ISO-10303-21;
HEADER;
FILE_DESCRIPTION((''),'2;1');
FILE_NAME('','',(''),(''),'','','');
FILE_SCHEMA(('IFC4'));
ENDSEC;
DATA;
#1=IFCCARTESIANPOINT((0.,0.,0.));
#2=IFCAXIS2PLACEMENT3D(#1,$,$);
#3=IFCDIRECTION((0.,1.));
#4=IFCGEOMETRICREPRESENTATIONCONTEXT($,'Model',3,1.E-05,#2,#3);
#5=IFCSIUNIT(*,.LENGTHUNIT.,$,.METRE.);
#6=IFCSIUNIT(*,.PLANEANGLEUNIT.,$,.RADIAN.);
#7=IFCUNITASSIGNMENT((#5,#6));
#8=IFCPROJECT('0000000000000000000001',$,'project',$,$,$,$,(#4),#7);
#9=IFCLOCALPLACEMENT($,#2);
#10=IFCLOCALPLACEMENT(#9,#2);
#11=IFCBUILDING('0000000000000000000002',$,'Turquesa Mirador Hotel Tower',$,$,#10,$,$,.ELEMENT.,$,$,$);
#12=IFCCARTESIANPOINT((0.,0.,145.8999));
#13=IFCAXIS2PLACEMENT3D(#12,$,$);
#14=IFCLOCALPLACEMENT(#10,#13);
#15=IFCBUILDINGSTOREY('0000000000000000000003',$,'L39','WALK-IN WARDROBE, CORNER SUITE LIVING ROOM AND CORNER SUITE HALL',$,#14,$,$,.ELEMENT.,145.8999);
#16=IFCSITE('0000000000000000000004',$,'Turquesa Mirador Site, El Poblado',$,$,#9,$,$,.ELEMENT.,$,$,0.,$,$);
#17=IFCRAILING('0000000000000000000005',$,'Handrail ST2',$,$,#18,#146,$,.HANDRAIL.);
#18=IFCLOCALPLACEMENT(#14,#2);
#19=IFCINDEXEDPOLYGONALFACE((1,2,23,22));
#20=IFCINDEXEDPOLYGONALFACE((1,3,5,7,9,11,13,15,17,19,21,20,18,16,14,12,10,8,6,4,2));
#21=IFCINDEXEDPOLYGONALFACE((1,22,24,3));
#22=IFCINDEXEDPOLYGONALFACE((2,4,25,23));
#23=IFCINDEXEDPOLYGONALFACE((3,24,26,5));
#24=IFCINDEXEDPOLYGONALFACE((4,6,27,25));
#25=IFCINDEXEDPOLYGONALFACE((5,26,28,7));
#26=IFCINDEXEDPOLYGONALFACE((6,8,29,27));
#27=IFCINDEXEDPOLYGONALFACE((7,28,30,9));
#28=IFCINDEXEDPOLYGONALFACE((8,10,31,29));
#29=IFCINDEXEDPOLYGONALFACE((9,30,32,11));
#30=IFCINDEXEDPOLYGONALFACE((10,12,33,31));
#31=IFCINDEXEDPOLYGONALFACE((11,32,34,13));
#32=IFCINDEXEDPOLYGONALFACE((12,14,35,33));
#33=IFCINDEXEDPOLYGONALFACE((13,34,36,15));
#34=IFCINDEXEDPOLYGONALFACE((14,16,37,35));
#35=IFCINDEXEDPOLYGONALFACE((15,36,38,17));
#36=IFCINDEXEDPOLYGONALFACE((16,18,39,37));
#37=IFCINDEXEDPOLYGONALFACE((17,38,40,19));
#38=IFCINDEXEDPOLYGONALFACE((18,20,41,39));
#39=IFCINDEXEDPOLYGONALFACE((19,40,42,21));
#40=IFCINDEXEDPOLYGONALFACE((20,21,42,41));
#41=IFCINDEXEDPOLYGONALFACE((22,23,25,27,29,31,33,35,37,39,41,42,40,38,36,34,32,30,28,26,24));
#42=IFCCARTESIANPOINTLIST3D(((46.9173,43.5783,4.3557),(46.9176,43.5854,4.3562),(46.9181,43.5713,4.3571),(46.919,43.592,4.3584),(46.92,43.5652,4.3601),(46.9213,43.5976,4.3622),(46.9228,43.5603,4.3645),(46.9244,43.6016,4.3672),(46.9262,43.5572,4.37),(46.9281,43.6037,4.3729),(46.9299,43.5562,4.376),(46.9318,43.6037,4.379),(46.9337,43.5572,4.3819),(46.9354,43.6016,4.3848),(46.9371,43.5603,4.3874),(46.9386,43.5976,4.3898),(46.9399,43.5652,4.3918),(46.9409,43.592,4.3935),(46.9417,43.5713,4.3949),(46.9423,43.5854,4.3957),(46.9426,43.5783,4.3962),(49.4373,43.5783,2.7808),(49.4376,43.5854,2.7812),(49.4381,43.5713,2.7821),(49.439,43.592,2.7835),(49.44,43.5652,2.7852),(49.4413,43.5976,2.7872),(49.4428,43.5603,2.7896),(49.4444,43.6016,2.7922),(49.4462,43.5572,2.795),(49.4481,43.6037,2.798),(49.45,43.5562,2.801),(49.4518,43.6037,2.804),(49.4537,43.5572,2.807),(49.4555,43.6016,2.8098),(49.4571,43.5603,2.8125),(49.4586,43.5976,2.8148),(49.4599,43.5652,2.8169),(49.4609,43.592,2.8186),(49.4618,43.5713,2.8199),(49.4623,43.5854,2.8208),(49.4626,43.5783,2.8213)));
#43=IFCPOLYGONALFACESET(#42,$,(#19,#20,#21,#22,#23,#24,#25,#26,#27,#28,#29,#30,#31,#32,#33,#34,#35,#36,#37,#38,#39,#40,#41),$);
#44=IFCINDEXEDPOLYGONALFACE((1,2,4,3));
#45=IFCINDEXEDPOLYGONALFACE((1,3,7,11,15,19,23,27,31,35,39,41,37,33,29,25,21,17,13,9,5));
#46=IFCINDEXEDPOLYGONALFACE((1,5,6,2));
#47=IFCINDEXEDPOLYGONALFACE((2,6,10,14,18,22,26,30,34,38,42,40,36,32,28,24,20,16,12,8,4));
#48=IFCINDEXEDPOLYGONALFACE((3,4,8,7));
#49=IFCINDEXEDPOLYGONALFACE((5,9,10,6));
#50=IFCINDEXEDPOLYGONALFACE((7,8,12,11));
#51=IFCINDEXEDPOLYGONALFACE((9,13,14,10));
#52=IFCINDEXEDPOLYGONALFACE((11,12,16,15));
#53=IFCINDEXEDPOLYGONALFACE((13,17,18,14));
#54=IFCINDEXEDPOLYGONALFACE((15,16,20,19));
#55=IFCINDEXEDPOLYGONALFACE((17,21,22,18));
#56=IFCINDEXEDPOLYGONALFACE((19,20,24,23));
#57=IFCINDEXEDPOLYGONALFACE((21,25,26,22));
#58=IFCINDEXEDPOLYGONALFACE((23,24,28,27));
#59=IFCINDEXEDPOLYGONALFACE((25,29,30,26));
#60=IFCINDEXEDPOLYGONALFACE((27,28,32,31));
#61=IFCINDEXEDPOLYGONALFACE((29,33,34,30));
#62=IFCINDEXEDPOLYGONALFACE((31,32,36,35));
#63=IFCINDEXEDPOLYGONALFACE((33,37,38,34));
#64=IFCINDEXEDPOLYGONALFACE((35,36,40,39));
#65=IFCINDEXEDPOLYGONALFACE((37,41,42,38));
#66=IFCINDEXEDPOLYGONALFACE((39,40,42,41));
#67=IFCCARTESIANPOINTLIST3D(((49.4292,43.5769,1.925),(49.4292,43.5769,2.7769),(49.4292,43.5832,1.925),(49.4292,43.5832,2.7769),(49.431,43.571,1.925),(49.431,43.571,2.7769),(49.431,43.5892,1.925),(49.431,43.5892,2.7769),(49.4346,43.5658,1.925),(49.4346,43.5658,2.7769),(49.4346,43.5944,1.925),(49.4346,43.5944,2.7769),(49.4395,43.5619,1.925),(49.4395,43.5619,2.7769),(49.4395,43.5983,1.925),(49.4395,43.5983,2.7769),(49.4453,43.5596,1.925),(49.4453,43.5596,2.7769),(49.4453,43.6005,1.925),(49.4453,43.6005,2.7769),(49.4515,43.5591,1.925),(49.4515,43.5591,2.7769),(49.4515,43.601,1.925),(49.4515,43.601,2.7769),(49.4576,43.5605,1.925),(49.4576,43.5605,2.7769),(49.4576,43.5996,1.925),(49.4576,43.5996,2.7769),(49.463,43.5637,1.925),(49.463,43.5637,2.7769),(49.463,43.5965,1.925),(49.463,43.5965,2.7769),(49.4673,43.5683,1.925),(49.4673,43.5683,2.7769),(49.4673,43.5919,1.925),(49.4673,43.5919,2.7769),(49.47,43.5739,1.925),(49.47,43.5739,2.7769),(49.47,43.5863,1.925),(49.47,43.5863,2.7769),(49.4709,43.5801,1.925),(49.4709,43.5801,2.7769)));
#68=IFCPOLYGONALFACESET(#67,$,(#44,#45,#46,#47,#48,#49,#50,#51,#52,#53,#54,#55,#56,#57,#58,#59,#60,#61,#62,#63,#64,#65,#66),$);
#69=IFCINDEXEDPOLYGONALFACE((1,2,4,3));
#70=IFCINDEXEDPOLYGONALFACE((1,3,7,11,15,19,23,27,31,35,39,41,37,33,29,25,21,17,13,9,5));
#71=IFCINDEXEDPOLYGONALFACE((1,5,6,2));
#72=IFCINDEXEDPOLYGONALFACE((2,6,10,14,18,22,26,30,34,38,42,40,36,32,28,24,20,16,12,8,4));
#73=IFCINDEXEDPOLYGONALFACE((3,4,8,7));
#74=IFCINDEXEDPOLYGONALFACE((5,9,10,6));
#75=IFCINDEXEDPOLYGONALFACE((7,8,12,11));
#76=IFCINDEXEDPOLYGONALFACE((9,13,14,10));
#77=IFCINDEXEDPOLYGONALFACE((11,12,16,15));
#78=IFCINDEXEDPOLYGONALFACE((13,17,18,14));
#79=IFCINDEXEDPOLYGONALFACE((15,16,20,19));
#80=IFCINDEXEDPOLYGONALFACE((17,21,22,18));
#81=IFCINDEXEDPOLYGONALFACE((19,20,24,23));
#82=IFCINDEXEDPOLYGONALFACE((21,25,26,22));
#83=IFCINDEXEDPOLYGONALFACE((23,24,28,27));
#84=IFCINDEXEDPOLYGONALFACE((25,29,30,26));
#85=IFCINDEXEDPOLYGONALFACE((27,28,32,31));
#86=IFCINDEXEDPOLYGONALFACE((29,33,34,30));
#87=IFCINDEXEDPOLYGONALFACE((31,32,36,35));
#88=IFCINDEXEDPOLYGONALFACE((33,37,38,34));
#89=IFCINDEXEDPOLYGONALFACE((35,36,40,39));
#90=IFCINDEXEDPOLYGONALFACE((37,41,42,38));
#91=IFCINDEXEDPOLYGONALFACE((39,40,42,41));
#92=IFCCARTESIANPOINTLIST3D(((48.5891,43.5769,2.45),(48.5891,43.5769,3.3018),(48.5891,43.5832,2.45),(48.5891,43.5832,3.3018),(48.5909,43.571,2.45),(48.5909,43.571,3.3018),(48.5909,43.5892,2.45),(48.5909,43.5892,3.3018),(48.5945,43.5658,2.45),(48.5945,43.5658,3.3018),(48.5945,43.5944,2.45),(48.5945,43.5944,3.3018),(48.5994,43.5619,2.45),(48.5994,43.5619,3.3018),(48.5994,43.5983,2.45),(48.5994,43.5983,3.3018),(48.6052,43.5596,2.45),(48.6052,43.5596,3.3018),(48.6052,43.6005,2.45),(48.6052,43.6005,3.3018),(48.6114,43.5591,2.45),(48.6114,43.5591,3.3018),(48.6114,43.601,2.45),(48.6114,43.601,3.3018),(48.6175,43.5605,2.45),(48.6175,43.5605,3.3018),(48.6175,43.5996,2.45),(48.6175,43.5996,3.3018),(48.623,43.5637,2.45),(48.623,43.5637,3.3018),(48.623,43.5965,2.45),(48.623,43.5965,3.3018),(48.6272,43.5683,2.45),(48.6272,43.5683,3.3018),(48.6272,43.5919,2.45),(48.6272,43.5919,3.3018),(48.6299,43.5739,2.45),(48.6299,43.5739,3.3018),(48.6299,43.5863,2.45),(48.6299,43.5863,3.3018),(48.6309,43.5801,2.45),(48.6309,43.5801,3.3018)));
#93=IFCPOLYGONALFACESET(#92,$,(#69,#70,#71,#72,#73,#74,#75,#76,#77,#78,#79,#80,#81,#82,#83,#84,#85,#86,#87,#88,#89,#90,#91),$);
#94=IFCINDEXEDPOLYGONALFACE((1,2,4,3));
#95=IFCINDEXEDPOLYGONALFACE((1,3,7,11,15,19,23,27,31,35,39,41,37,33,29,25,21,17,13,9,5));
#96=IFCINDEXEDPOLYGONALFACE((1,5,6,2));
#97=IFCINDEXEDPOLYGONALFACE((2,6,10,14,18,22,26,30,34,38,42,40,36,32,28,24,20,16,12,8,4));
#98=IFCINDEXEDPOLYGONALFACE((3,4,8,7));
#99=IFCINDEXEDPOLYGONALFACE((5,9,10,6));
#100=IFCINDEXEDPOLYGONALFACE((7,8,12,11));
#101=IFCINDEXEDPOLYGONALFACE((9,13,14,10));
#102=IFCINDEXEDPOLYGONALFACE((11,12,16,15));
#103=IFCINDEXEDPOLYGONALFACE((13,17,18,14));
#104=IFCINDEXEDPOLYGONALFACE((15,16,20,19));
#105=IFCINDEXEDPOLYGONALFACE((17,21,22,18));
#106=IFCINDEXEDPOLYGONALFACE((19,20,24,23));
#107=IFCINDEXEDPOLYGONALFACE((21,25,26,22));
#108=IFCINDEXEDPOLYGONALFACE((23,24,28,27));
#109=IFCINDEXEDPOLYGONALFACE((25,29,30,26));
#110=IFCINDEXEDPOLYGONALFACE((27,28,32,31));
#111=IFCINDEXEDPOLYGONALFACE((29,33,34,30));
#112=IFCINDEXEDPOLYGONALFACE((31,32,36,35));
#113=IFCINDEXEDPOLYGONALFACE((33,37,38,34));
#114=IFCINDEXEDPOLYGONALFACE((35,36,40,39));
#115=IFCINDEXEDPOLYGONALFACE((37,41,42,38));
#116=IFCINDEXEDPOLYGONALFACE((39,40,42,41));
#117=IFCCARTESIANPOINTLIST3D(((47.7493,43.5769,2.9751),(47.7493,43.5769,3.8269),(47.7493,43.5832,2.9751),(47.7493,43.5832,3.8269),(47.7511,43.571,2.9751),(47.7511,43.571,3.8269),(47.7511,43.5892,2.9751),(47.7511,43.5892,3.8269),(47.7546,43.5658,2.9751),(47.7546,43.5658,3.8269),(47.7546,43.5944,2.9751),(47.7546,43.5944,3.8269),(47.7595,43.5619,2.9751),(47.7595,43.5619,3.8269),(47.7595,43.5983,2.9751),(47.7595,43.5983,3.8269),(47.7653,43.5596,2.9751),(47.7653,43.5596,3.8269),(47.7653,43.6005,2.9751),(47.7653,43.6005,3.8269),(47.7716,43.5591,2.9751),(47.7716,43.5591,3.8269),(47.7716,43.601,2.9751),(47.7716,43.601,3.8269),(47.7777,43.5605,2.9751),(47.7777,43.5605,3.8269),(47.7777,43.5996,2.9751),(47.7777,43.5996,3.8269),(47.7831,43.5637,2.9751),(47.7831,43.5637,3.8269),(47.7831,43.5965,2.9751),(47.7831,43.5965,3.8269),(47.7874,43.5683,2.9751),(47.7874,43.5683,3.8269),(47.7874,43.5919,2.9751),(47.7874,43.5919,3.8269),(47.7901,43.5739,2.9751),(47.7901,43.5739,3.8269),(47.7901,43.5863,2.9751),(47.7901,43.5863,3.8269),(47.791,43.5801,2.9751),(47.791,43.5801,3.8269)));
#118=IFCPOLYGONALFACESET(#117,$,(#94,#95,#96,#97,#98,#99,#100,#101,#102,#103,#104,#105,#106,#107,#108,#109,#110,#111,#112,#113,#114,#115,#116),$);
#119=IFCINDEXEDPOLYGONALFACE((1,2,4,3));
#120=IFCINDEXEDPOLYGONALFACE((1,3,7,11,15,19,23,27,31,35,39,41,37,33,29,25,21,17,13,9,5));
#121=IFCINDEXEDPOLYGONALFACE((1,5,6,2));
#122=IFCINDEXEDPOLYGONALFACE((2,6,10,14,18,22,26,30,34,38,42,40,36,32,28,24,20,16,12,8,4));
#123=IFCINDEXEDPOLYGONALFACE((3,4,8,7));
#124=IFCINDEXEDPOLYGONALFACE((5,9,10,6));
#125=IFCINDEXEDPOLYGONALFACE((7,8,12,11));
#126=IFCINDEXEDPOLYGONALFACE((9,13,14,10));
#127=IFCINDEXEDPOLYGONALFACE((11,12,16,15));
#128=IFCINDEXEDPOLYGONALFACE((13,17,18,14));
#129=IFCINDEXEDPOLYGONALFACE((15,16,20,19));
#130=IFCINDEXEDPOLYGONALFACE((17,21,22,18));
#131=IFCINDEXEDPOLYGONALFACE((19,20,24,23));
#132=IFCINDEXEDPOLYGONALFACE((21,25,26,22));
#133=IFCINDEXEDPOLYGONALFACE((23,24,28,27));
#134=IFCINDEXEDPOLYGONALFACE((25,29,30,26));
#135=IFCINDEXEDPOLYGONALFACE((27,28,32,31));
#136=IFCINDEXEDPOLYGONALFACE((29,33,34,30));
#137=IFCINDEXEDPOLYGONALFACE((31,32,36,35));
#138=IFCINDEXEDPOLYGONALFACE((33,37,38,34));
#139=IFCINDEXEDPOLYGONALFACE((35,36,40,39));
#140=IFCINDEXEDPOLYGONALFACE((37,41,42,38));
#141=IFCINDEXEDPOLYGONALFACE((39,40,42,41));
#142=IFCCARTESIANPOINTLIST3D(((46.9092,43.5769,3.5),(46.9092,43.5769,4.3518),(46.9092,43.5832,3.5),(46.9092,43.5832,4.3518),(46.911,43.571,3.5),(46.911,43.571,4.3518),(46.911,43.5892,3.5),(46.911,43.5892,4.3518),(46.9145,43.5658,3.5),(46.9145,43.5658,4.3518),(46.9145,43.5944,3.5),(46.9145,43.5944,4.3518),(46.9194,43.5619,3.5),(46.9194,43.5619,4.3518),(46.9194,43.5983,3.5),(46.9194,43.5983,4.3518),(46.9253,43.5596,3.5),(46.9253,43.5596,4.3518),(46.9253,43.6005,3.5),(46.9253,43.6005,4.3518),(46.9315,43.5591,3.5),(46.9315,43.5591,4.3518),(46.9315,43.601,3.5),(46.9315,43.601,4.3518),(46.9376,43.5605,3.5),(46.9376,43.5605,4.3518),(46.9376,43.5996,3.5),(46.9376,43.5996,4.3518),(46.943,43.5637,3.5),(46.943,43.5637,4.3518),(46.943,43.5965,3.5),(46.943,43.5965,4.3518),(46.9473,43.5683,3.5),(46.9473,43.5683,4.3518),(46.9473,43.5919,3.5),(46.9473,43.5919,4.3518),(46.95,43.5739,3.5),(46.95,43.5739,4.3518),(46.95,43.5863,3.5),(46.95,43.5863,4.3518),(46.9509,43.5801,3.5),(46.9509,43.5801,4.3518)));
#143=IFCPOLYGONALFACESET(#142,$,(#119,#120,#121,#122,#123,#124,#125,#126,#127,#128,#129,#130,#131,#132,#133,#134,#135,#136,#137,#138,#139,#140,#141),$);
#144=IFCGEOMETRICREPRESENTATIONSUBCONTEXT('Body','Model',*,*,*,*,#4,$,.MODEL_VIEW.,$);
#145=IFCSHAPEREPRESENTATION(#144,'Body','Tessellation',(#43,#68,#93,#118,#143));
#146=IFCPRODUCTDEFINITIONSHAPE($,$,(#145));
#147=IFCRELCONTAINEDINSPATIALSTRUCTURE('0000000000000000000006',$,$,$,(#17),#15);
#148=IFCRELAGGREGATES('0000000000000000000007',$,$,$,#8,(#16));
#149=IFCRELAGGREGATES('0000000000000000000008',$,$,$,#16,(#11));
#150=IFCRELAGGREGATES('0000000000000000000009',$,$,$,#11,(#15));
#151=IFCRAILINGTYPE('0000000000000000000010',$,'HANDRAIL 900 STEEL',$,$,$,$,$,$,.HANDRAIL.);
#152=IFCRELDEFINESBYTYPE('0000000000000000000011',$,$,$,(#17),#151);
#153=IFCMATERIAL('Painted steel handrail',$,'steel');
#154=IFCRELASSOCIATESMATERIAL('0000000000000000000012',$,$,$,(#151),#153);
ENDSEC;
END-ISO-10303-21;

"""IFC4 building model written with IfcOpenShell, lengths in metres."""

from ifc_helpers import new_model, si_unit, direction, frame, origin, origin_2d, place, context, subcontext, project, spatial, circle, extrude, material, type_object, element, save


model = new_model("IFC4")

# Units and contexts
model_context = context("Model", 3, precision=1e-05, world=origin(), true_north=direction((0.0, 1.0)))
body_context = subcontext(model_context, "Body", "Model", "MODEL_VIEW")
ifc_project = project(units=[si_unit("LENGTHUNIT", "METRE"), si_unit("PLANEANGLEUNIT", "RADIAN")], contexts=[model_context])

# Site, building, storey
site_placement = place(None, origin())
site = spatial("IfcSite", under=ifc_project, at=site_placement, Name="Turquesa Mirador Site, El Poblado", CompositionType="ELEMENT", RefElevation=0.0)
building_placement = place(site_placement, origin())
building = spatial("IfcBuilding", under=site, at=building_placement, Name="Turquesa Mirador Hotel Tower", CompositionType="ELEMENT")
storey_placement = place(building_placement, frame((0.0, 0.0, 145.8999)))
storey = spatial("IfcBuildingStorey", under=building, at=storey_placement, Name="L39", Description="WALK-IN WARDROBE, CORNER SUITE LIVING ROOM AND CORNER SUITE HALL", CompositionType="ELEMENT", Elevation=145.8999)

# Railing
ifc_material_1 = material(Name="Painted steel handrail", Category="steel")
railing_type = type_object("IfcRailingType", Name="HANDRAIL 900 STEEL", PredefinedType="HANDRAIL", material=ifc_material_1)
railing_placement = place(storey_placement, frame((49.45, 43.5801, 1.925)))
element("IfcRailing", 1, at=railing_placement, inside=storey, type_object=railing_type, Name="Handrail ST2", PredefinedType="HANDRAIL", context=body_context, shape_type="SweptSolid", body=[
    extrude(circle(Radius=0.0239, at=origin_2d()), frame((0.0, 0.0, 0.876), z_axis=(-0.848008, 0.0, 0.529984), x_axis=(0.0, -1.0, 0.0)), (0.0, 0.0, 1.0), 2.9717),
    extrude(circle(Radius=0.021, at=origin_2d()), origin(), (0.0, 0.0, 1.0), 0.8518),
    extrude(circle(Radius=0.021, at=origin_2d()), frame((-0.8401, 0.0, 0.5249)), (0.0, 0.0, 1.0), 0.8518),
    extrude(circle(Radius=0.021, at=origin_2d()), frame((-1.6799, 0.0, 1.05)), (0.0, 0.0, 1.0), 0.8518),
    extrude(circle(Radius=0.021, at=origin_2d()), frame((-2.52, 0.0, 1.575)), (0.0, 0.0, 1.0), 0.8518),
])

save(model, "model.ifc")
